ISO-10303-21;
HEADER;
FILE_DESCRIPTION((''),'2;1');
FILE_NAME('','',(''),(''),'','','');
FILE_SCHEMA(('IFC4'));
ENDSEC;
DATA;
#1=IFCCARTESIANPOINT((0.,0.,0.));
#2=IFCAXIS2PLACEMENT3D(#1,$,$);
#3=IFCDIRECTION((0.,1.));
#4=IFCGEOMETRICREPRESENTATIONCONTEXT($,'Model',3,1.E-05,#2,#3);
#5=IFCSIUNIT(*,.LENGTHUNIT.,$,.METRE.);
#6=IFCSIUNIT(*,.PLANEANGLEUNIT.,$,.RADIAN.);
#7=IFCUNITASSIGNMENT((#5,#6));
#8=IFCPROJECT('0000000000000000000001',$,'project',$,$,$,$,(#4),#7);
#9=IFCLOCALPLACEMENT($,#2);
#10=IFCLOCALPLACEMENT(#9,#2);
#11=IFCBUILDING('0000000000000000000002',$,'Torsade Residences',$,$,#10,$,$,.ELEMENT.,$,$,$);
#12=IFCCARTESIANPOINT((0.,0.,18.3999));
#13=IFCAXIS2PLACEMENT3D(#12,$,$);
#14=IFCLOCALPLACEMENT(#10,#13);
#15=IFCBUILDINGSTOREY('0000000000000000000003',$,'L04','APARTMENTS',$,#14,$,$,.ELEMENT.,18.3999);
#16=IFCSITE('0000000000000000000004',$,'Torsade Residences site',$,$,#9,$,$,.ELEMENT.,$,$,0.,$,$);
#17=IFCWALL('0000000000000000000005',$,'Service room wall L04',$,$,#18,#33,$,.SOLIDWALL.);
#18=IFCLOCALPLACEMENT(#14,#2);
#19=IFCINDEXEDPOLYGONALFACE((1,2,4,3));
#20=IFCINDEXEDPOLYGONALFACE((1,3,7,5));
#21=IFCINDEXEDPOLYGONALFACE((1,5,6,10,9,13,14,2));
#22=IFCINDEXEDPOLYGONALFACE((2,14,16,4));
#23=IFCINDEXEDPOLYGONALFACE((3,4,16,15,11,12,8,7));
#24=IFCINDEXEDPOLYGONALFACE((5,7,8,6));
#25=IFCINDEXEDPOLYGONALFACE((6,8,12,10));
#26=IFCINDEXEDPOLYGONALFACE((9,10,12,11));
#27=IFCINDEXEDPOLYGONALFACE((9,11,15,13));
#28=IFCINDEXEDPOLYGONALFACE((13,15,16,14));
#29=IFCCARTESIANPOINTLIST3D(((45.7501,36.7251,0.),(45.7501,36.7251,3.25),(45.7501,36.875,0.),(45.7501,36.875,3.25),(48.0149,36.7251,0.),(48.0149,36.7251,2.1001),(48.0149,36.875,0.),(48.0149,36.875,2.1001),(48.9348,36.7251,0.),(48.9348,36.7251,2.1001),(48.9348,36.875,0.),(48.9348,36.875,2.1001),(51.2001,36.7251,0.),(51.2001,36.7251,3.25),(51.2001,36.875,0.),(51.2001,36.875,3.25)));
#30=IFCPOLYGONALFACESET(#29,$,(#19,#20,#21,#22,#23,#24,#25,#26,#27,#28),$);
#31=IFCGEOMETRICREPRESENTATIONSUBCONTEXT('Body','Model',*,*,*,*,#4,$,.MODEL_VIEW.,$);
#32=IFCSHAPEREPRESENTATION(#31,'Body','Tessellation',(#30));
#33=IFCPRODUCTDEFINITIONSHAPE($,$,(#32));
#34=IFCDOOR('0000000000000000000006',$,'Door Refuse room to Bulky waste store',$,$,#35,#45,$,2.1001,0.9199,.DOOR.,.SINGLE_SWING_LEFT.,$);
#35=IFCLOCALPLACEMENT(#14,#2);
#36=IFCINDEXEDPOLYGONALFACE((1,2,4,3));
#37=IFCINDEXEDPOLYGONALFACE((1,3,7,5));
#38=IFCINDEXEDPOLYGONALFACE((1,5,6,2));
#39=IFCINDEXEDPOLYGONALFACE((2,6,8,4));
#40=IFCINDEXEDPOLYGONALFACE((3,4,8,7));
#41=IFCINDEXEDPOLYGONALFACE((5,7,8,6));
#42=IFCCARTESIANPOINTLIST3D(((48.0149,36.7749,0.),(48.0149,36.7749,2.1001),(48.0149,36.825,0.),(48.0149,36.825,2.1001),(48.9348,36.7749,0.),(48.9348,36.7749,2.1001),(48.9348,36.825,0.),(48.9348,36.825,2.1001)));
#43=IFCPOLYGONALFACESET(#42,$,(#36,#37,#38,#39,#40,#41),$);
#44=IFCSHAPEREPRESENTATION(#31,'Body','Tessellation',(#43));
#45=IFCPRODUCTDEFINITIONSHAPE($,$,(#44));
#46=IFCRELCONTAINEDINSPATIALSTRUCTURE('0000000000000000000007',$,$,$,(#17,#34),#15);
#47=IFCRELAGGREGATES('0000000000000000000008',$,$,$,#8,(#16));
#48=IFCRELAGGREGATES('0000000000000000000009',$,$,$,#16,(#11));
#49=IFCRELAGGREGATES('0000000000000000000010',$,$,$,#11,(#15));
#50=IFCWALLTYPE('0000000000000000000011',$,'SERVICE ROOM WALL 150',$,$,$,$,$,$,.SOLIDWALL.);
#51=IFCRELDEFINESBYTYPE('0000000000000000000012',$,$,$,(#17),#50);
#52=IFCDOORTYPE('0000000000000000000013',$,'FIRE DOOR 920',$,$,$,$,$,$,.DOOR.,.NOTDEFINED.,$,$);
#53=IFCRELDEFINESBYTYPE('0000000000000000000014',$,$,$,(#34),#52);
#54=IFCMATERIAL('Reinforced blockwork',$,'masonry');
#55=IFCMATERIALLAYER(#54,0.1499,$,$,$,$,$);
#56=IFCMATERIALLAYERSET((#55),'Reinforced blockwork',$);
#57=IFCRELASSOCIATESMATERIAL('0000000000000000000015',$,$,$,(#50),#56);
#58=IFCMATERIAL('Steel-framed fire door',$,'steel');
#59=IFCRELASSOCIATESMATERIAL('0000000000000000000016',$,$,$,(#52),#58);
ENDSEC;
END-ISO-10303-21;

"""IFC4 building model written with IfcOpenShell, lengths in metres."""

from ifc_helpers import new_model, si_unit, direction, frame, frame_2d, origin, place, context, subcontext, project, spatial, rectangle, extrude, material, layer, layer_set, type_object, element, fill, save


model = new_model("IFC4")

# Units and contexts
model_context = context("Model", 3, precision=1e-05, world=origin(), true_north=direction((0.0, 1.0)))
body_context = subcontext(model_context, "Body", "Model", "MODEL_VIEW")
ifc_project = project(units=[si_unit("LENGTHUNIT", "METRE"), si_unit("PLANEANGLEUNIT", "RADIAN")], contexts=[model_context])

# Site, building, storey
site_placement = place(None, origin())
site = spatial("IfcSite", under=ifc_project, at=site_placement, Name="Torsade Residences site", CompositionType="ELEMENT", RefElevation=0.0)
building_placement = place(site_placement, origin())
building = spatial("IfcBuilding", under=site, at=building_placement, Name="Torsade Residences", CompositionType="ELEMENT")
storey_placement = place(building_placement, frame((0.0, 0.0, 18.3999)))
storey = spatial("IfcBuildingStorey", under=building, at=storey_placement, Name="L04", Description="APARTMENTS", CompositionType="ELEMENT", Elevation=18.3999)

# Wall, opening, door
ifc_material_1 = material(Name="Reinforced blockwork", Category="masonry")
ifc_layer_1 = layer(ifc_material_1, 0.1499)
ifc_layer_set_1 = layer_set([ifc_layer_1], Name="Reinforced blockwork")
wall_type_1 = type_object("IfcWallType", Name="SERVICE ROOM WALL 150", PredefinedType="SOLIDWALL", material=ifc_layer_set_1)
wall_1_placement = place(storey_placement, frame((45.75, 36.8, 0.0), z_axis=(0.0, 0.0, 1.0), x_axis=(1.0, 0.0, 0.0)))
wall_1 = element("IfcWall", 1, at=wall_1_placement, inside=storey, type_object=wall_type_1, Name="Service room wall L04", PredefinedType="SOLIDWALL", context=body_context, shape_type="SweptSolid", body=[
    extrude(rectangle(XDim=5.45, YDim=0.1499, at=frame_2d((2.7251, 0.0))), origin(), (0.0, 0.0, 1.0), 3.25),
])
opening_placement = place(wall_1_placement, frame((2.2649, 0.0, 0.0)))
opening = element("IfcOpeningElement", 2, at=opening_placement, cuts=wall_1, PredefinedType="OPENING", context=body_context, shape_type="SweptSolid", body=[
    extrude(rectangle(XDim=0.9199, YDim=2.1001, at=frame_2d((0.46, 1.05))), frame((0.0, 0.085, 0.0), z_axis=(0.0, -1.0, 0.0), x_axis=(1.0, 0.0, 0.0)), (0.0, 0.0, 1.0), 0.1699),
])
ifc_material_2 = material(Name="Steel-framed fire door", Category="steel")
door_type = type_object("IfcDoorType", Name="FIRE DOOR 920", OperationType="NOTDEFINED", PredefinedType="DOOR", material=ifc_material_2)
door_placement = place(opening_placement, origin())
door = element("IfcDoor", 3, at=door_placement, inside=storey, type_object=door_type, Name="Door Refuse room to Bulky waste store", OperationType="SINGLE_SWING_LEFT", OverallHeight=2.1001, OverallWidth=0.9199, PredefinedType="DOOR", context=body_context, shape_type="SweptSolid", body=[
    extrude(rectangle(XDim=0.9199, YDim=2.1001, at=frame_2d((0.46, 1.05))), frame((0.0, 0.0249, 0.0), z_axis=(0.0, -1.0, 0.0), x_axis=(1.0, 0.0, 0.0)), (0.0, 0.0, 1.0), 0.05),
])
fill(opening, door)

save(model, "model.ifc")
